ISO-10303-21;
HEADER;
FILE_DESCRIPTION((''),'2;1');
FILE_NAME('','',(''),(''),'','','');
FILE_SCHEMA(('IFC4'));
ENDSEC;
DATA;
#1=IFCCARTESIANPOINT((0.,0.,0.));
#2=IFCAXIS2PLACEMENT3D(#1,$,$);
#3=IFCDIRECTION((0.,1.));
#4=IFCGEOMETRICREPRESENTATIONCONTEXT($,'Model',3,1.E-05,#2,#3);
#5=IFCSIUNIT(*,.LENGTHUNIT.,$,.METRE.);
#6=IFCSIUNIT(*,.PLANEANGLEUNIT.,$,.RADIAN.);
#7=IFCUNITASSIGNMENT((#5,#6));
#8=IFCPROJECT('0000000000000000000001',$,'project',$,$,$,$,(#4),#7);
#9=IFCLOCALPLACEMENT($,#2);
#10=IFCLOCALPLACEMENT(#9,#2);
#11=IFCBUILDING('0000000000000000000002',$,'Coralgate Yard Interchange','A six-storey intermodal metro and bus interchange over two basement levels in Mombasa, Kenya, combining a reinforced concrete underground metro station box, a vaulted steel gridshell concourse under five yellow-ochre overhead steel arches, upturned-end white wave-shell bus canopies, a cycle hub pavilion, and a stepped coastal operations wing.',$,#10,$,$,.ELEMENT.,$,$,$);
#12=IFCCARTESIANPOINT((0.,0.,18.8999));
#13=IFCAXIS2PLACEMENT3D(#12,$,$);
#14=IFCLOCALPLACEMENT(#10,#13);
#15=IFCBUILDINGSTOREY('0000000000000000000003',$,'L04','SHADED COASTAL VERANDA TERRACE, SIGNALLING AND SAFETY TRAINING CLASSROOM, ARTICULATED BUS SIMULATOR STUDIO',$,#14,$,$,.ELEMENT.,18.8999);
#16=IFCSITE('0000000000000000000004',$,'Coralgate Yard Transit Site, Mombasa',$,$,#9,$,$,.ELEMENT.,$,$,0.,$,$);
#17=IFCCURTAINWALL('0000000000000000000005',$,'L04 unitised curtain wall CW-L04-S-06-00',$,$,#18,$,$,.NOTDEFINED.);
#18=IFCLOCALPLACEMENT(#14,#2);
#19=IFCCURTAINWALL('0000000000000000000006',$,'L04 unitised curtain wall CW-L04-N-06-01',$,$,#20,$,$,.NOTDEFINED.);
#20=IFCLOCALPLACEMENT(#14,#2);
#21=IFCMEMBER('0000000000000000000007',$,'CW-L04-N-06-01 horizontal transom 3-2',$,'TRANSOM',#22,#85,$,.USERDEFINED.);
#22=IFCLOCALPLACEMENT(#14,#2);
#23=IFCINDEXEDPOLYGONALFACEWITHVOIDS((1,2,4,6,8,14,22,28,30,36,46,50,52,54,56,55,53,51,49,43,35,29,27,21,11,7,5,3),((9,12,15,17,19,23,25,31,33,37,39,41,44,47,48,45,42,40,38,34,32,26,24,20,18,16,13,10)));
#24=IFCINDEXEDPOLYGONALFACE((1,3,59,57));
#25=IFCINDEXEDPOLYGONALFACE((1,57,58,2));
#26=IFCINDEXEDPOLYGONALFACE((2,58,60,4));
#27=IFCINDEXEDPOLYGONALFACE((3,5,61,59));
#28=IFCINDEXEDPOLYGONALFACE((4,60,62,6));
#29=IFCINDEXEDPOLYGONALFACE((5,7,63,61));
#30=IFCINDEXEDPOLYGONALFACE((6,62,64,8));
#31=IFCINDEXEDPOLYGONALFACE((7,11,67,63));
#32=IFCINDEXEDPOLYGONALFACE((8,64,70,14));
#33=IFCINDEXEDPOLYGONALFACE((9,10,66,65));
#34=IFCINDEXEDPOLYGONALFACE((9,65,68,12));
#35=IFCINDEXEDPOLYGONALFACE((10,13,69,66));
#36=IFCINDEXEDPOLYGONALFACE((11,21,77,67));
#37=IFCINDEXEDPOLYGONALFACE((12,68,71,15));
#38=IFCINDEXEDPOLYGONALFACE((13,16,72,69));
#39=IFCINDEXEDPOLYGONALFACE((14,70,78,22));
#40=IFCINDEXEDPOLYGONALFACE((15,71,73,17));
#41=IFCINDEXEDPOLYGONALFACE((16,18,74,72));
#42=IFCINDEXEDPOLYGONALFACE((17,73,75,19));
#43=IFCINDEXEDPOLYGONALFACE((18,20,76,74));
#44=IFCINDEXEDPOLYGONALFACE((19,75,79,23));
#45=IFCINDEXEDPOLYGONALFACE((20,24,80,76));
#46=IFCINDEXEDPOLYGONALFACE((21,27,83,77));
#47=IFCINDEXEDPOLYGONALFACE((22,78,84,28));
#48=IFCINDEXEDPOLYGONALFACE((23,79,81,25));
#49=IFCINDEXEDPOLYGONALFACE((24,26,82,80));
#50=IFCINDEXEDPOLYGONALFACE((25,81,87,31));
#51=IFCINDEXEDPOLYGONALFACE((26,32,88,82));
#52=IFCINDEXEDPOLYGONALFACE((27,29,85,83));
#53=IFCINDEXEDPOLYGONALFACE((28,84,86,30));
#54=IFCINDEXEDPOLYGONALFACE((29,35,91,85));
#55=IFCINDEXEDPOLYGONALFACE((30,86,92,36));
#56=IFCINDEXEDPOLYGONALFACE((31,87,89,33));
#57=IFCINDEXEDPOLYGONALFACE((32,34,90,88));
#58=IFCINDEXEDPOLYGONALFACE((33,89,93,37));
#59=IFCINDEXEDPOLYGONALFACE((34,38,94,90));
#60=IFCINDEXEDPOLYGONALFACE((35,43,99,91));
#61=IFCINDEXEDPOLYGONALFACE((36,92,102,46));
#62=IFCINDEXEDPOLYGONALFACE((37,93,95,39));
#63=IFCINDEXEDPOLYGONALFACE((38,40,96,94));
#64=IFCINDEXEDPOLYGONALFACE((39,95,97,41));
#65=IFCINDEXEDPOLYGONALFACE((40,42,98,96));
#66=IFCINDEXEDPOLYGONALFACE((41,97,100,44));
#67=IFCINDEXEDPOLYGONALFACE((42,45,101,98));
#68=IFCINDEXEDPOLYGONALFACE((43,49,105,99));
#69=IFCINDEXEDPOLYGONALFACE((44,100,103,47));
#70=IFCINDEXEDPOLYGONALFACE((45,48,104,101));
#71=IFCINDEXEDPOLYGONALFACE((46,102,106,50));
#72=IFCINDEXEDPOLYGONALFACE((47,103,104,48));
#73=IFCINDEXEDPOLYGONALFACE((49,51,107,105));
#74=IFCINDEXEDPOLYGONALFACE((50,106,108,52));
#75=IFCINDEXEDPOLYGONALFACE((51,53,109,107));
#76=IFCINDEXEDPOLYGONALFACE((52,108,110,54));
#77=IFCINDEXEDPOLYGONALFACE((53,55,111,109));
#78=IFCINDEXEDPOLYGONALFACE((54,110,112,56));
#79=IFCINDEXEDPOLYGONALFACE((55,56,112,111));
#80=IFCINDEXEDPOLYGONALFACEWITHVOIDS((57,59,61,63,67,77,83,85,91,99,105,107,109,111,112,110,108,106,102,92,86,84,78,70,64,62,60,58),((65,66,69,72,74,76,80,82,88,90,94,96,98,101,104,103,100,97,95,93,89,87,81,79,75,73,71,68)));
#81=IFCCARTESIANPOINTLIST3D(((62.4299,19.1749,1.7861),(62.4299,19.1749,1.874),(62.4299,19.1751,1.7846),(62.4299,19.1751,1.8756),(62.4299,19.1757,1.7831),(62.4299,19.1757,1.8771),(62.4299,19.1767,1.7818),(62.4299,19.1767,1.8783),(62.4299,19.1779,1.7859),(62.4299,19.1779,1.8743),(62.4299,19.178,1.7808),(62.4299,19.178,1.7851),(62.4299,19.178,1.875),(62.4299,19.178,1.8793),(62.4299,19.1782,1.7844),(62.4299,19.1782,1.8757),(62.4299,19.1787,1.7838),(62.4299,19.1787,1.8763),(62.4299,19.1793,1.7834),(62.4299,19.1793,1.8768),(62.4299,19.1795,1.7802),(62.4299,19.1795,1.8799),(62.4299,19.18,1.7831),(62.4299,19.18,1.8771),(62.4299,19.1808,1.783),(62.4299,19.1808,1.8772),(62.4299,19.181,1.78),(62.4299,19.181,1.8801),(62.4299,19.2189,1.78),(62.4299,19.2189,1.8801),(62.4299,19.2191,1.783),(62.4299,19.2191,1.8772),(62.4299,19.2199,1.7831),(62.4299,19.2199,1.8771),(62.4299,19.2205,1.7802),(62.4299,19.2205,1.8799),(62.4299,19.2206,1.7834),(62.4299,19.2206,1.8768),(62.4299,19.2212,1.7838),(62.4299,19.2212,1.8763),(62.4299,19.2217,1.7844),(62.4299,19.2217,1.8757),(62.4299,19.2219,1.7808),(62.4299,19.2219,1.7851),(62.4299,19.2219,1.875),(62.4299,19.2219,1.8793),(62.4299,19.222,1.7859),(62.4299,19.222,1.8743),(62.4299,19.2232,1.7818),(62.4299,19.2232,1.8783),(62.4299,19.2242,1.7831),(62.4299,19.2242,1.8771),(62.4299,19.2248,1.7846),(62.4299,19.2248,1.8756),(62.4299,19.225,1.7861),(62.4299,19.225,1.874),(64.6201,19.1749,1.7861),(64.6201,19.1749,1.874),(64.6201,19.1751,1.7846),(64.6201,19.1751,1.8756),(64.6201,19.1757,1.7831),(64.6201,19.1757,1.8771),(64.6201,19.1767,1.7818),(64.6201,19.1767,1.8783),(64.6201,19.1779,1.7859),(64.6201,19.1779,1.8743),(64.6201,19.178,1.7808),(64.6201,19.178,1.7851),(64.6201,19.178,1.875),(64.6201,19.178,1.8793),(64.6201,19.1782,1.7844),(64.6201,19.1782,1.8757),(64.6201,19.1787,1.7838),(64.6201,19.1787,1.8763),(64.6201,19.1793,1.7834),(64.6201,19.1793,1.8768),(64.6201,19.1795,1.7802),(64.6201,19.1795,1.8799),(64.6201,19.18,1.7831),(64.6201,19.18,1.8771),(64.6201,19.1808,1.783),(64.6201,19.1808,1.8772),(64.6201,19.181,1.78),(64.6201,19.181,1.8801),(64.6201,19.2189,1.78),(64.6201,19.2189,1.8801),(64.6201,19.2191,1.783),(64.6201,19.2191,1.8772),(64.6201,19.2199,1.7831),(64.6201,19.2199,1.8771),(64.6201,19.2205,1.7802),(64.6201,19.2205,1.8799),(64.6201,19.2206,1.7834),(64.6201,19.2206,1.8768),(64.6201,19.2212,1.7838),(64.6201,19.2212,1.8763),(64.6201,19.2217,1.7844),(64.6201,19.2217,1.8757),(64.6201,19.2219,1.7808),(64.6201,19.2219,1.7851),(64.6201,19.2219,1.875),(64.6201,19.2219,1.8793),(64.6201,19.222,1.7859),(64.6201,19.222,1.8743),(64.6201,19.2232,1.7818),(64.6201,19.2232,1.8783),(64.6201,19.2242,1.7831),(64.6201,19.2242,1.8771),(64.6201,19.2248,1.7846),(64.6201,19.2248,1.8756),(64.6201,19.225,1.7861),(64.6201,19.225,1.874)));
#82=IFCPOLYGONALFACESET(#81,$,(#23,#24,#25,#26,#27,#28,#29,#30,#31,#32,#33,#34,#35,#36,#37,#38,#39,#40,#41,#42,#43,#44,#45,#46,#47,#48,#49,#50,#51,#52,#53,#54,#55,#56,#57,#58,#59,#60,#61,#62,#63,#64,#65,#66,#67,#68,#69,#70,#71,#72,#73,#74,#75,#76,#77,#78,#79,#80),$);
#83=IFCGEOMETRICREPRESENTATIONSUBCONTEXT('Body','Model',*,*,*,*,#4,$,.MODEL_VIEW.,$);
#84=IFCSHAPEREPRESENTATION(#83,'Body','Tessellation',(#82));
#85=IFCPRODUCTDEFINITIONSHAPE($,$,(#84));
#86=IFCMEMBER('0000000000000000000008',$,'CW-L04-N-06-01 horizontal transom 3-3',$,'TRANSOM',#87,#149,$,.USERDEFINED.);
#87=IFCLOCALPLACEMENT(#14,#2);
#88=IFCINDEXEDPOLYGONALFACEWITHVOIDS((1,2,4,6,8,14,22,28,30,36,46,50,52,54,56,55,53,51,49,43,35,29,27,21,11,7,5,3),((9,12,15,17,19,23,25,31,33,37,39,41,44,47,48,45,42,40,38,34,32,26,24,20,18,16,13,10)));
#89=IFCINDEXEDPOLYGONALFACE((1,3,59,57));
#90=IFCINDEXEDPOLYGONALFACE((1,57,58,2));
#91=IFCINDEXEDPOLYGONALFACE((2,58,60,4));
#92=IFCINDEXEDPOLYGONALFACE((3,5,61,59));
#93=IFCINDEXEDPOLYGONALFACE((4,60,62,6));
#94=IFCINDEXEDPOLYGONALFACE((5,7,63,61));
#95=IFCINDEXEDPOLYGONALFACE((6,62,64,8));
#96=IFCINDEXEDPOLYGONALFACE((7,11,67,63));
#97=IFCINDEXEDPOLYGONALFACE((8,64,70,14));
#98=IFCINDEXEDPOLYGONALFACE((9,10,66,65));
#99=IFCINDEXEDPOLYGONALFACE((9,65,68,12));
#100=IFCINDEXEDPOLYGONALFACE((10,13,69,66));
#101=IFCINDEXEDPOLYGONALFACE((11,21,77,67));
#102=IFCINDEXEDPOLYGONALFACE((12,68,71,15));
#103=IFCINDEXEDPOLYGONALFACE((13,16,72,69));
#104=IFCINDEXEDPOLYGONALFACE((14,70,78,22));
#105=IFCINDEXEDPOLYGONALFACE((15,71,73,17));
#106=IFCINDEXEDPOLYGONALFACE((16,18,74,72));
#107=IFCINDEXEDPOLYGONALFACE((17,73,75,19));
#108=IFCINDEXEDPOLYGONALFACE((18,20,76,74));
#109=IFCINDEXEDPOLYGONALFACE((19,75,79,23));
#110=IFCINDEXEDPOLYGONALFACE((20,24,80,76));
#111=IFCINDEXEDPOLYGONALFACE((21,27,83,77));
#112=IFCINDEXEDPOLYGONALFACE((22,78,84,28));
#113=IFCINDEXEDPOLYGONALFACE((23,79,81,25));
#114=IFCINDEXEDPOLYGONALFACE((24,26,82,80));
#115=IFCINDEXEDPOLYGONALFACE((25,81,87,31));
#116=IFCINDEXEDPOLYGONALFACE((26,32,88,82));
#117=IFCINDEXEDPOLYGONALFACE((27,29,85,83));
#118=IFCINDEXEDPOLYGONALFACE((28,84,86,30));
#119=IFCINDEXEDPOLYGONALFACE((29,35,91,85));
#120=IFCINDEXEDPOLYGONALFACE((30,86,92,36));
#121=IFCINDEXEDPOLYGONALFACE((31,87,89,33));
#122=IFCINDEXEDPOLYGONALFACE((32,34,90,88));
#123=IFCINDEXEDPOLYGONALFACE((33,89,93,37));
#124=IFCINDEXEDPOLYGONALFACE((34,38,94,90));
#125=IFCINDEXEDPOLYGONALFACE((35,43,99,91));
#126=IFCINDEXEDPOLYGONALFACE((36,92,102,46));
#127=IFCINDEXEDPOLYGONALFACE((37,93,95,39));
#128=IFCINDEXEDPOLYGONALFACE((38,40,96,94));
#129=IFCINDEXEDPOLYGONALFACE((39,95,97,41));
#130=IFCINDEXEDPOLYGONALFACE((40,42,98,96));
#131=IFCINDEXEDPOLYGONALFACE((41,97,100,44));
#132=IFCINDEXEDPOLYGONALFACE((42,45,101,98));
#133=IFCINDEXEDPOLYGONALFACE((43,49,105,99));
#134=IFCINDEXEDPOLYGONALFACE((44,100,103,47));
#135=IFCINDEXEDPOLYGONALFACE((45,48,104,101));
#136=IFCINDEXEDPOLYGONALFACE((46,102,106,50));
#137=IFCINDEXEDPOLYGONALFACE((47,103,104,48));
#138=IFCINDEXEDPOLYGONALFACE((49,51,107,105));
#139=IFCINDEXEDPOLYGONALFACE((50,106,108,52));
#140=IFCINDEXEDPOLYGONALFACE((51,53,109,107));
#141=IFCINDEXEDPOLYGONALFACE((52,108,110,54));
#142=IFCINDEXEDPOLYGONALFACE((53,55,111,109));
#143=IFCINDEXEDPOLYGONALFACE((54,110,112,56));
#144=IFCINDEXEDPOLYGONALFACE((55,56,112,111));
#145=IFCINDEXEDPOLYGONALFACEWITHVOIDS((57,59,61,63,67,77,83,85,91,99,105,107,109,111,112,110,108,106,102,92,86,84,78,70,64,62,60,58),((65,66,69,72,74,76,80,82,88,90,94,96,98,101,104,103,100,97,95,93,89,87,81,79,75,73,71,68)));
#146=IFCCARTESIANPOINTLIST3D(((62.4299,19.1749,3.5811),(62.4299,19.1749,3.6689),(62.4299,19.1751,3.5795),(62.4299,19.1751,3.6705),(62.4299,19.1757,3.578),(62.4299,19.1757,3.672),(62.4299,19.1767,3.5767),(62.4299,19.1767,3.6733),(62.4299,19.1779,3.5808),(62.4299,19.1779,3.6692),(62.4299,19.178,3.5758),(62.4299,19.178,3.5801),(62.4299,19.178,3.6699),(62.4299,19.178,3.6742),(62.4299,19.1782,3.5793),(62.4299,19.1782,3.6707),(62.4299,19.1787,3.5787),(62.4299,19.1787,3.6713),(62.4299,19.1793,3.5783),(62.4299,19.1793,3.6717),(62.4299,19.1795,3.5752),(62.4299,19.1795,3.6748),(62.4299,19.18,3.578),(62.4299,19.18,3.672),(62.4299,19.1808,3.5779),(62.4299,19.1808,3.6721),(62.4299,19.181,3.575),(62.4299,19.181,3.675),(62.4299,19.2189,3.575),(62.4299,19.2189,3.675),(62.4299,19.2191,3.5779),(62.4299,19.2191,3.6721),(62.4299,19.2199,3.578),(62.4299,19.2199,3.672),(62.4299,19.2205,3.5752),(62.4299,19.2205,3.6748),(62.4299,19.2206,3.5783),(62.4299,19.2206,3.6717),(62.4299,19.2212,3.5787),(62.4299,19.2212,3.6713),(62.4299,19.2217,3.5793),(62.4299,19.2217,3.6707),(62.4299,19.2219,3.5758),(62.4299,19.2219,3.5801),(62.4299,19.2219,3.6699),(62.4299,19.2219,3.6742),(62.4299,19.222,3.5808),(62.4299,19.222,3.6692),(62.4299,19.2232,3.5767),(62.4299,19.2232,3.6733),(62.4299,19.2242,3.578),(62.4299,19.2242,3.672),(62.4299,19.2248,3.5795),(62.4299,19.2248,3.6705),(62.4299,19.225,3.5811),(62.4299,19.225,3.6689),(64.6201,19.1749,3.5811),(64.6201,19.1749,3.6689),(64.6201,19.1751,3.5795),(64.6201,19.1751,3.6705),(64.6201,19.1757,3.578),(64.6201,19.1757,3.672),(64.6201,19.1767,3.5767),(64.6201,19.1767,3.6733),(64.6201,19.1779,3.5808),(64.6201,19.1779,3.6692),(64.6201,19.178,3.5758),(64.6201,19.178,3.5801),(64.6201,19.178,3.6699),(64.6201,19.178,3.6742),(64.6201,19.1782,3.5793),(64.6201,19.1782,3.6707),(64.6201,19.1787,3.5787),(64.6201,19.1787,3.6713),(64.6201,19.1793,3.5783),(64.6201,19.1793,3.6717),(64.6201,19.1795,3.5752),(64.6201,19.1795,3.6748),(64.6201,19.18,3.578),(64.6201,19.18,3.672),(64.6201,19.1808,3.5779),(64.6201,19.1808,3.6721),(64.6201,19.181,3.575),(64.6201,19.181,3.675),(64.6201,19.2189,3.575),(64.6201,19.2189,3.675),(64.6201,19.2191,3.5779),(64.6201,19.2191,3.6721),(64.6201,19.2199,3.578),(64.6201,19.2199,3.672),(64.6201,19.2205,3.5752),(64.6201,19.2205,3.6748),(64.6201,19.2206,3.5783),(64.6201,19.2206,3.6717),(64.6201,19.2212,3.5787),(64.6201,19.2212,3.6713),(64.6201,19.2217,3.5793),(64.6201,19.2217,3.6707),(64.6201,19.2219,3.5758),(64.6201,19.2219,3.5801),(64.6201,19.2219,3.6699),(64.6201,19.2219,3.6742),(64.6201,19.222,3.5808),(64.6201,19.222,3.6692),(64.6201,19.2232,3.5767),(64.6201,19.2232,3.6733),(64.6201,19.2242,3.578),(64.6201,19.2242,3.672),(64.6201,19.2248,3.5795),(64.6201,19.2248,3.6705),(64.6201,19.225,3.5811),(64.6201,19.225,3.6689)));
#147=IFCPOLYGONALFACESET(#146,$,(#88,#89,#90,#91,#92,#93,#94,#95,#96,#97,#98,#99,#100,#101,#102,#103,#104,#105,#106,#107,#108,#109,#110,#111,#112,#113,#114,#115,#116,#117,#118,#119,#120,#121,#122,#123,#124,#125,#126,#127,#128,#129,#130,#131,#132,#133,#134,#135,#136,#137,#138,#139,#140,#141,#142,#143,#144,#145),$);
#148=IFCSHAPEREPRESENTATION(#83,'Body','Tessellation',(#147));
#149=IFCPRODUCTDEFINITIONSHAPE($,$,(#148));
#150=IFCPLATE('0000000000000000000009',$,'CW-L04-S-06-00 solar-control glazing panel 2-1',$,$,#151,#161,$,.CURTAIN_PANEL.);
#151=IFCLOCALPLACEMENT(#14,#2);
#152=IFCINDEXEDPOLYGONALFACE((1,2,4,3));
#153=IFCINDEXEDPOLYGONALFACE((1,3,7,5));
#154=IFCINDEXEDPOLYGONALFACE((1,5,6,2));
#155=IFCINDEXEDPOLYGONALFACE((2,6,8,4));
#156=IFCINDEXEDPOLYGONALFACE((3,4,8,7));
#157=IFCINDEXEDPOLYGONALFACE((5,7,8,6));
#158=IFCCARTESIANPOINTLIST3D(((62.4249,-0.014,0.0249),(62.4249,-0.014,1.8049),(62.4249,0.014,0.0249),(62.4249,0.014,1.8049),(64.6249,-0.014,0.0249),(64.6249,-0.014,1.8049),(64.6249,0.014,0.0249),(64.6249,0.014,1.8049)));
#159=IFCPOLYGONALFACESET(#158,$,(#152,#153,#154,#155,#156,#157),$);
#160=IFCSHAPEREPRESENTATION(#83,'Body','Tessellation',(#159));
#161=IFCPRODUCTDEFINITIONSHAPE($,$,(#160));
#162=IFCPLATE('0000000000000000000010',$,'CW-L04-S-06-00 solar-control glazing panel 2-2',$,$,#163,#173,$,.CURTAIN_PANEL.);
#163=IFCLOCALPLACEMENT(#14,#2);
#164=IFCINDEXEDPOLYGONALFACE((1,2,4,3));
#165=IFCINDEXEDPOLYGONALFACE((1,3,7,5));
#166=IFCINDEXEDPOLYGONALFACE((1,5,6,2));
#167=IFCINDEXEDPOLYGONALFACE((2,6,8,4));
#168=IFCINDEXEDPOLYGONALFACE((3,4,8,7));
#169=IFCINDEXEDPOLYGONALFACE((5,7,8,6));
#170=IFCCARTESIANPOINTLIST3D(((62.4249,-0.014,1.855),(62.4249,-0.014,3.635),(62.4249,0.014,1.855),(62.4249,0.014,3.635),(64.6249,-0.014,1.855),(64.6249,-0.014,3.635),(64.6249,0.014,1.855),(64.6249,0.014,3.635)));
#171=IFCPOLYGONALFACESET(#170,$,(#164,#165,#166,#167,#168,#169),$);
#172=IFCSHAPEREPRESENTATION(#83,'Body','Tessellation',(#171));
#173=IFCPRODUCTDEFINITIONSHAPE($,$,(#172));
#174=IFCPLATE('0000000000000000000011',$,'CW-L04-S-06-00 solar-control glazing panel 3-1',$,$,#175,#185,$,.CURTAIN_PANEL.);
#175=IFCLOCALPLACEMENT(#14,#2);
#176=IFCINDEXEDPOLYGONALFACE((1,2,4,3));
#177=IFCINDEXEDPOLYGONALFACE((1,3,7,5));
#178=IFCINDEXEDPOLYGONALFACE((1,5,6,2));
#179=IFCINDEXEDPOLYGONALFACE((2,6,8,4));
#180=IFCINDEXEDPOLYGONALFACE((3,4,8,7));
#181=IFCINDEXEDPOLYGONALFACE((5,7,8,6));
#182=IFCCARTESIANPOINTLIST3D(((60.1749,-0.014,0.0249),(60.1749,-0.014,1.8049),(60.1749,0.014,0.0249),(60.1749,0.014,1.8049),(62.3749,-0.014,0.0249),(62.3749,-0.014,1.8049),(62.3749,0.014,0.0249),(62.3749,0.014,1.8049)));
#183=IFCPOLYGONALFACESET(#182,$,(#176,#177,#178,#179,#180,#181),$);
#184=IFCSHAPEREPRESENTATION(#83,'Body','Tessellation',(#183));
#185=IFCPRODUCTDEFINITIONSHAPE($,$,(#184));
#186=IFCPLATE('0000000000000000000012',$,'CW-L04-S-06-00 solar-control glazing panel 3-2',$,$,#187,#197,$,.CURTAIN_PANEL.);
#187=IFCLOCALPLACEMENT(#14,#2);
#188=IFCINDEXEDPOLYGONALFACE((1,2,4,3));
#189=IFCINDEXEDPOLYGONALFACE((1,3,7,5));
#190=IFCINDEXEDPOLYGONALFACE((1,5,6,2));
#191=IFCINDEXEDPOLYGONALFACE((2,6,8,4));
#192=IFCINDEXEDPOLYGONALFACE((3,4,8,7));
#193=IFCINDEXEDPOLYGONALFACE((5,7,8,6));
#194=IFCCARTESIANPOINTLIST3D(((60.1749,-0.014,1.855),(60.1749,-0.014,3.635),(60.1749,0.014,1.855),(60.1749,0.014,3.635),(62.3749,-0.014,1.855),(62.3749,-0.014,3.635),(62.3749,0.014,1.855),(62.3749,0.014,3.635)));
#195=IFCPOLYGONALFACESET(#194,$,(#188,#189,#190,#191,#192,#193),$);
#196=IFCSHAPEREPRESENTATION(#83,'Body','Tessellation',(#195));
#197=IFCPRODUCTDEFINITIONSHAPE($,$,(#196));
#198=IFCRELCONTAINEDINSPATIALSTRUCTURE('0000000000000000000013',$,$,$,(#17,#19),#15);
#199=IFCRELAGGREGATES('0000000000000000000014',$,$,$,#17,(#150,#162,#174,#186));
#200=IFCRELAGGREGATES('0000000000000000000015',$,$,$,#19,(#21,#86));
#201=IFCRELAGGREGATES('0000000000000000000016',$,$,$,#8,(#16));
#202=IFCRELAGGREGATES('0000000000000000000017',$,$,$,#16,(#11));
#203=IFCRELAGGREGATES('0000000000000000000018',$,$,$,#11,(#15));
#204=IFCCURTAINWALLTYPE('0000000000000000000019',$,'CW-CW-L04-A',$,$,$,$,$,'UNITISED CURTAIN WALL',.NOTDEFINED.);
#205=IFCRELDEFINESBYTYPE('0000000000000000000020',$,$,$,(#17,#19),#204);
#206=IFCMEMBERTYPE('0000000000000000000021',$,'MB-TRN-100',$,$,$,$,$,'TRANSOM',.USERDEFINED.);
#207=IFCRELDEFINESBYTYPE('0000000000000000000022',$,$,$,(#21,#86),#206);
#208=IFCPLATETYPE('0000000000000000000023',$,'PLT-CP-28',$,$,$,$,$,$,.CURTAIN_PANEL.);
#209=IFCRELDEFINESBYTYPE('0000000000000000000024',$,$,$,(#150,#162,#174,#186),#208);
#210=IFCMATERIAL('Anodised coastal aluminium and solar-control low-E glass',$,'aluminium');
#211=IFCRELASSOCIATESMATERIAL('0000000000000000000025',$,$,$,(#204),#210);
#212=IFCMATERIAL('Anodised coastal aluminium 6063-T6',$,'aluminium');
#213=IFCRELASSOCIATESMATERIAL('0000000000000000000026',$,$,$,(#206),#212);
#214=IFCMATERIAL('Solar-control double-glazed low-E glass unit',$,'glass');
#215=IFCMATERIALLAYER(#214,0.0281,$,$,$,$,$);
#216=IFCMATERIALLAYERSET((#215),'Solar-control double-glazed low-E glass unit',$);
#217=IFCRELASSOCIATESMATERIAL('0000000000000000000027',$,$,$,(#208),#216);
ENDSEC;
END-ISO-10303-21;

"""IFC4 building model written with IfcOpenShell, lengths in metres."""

from ifc_helpers import new_model, si_unit, direction, frame, origin, origin_2d, place, context, subcontext, project, spatial, rectangle, hollow_rectangle, extrude, material, layer, layer_set, material_profile, profile_set, type_object, element, aggregate, save


model = new_model("IFC4")

# Units and contexts
model_context = context("Model", 3, precision=1e-05, world=origin(), true_north=direction((0.0, 1.0)))
body_context = subcontext(model_context, "Body", "Model", "MODEL_VIEW")
ifc_project = project(units=[si_unit("LENGTHUNIT", "METRE"), si_unit("PLANEANGLEUNIT", "RADIAN")], contexts=[model_context])

# Site, building, storey
site_placement = place(None, origin())
site = spatial("IfcSite", under=ifc_project, at=site_placement, Name="Coralgate Yard Transit Site, Mombasa", CompositionType="ELEMENT", RefElevation=0.0)
building_placement = place(site_placement, origin())
building = spatial("IfcBuilding", under=site, at=building_placement, Name="Coralgate Yard Interchange", Description="A six-storey intermodal metro and bus interchange over two basement levels in Mombasa, Kenya, combining a reinforced concrete underground metro station box, a vaulted steel gridshell concourse under five yellow-ochre overhead steel arches, upturned-end white wave-shell bus canopies, a cycle hub pavilion, and a stepped coastal operations wing.", CompositionType="ELEMENT")
storey_placement = place(building_placement, frame((0.0, 0.0, 18.8999)))
storey = spatial("IfcBuildingStorey", under=building, at=storey_placement, Name="L04", Description="SHADED COASTAL VERANDA TERRACE, SIGNALLING AND SAFETY TRAINING CLASSROOM, ARTICULATED BUS SIMULATOR STUDIO", CompositionType="ELEMENT", Elevation=18.8999)

# Curtain walls
ifc_material_1 = material(Name="Anodised coastal aluminium and solar-control low-E glass", Category="aluminium")
curtain_wall_type = type_object("IfcCurtainWallType", Name="CW-CW-L04-A", ElementType="UNITISED CURTAIN WALL", PredefinedType="NOTDEFINED", material=ifc_material_1)
curtain_wall_1_placement = place(storey_placement, origin())
curtain_wall_1 = element("IfcCurtainWall", 1, at=curtain_wall_1_placement, inside=storey, type_object=curtain_wall_type, Name="L04 unitised curtain wall CW-L04-S-06-00", PredefinedType="NOTDEFINED")
ifc_material_2 = material(Name="Anodised coastal aluminium 6063-T6", Category="aluminium")
curtain_wall_2_placement = place(storey_placement, origin())
curtain_wall_2 = element("IfcCurtainWall", 2, at=curtain_wall_2_placement, inside=storey, type_object=curtain_wall_type, Name="L04 unitised curtain wall CW-L04-N-06-01", PredefinedType="NOTDEFINED")

# Members
ifc_material_profile_1 = material_profile(ifc_material_2, hollow_rectangle(XDim=0.05, YDim=0.1001, WallThickness=0.0029, InnerFilletRadius=0.0029, OuterFilletRadius=0.0061, at=origin_2d()), Name="ALU 50x100x3")
ifc_profile_set_1 = profile_set([ifc_material_profile_1], Name="Anodised coastal aluminium 6063-T6")
member_type_1 = type_object("IfcMemberType", Name="MB-TRN-100", ElementType="TRANSOM", PredefinedType="USERDEFINED", material=ifc_profile_set_1)
member_1_placement = place(storey_placement, frame((62.4299, 19.2, 1.8301), z_axis=(1.0, 0.0, 0.0), x_axis=(0.0, 1.0, 0.0)))
member_1 = element("IfcMember", 3, at=member_1_placement, type_object=member_type_1, Name="CW-L04-N-06-01 horizontal transom 3-2", ObjectType="TRANSOM", PredefinedType="USERDEFINED", context=body_context, shape_type="SweptSolid", body=[
    extrude(hollow_rectangle(XDim=0.05, YDim=0.1001, WallThickness=0.0029, InnerFilletRadius=0.0029, OuterFilletRadius=0.0061, at=origin_2d()), origin(), (0.0, 0.0, 1.0), 2.1902),
])
member_2_placement = place(storey_placement, frame((62.4299, 19.2, 3.625), z_axis=(1.0, 0.0, 0.0), x_axis=(0.0, 1.0, 0.0)))
member_2 = element("IfcMember", 4, at=member_2_placement, type_object=member_type_1, Name="CW-L04-N-06-01 horizontal transom 3-3", ObjectType="TRANSOM", PredefinedType="USERDEFINED", context=body_context, shape_type="SweptSolid", body=[
    extrude(hollow_rectangle(XDim=0.05, YDim=0.1001, WallThickness=0.0029, InnerFilletRadius=0.0029, OuterFilletRadius=0.0061, at=origin_2d()), origin(), (0.0, 0.0, 1.0), 2.1902),
])

# Plates
ifc_material_3 = material(Name="Solar-control double-glazed low-E glass unit", Category="glass")
ifc_layer_1 = layer(ifc_material_3, 0.0281)
ifc_layer_set_1 = layer_set([ifc_layer_1], Name="Solar-control double-glazed low-E glass unit")
plate_type = type_object("IfcPlateType", Name="PLT-CP-28", PredefinedType="CURTAIN_PANEL", material=ifc_layer_set_1)
plate_1_placement = place(storey_placement, frame((63.5249, 0.0, 0.0249), z_axis=(0.0, 0.0, 1.0), x_axis=(-1.0, 0.0, 0.0)))
plate_1 = element("IfcPlate", 5, at=plate_1_placement, type_object=plate_type, Name="CW-L04-S-06-00 solar-control glazing panel 2-1", PredefinedType="CURTAIN_PANEL", context=body_context, shape_type="SweptSolid", body=[
    extrude(rectangle(XDim=2.2, YDim=0.0281, at=origin_2d()), origin(), (0.0, 0.0, 1.0), 1.78),
])
plate_2_placement = place(storey_placement, frame((63.5249, 0.0, 1.855), z_axis=(0.0, 0.0, 1.0), x_axis=(-1.0, 0.0, 0.0)))
plate_2 = element("IfcPlate", 6, at=plate_2_placement, type_object=plate_type, Name="CW-L04-S-06-00 solar-control glazing panel 2-2", PredefinedType="CURTAIN_PANEL", context=body_context, shape_type="SweptSolid", body=[
    extrude(rectangle(XDim=2.2, YDim=0.0281, at=origin_2d()), origin(), (0.0, 0.0, 1.0), 1.78),
])
plate_3_placement = place(storey_placement, frame((61.2749, 0.0, 0.0249), z_axis=(0.0, 0.0, 1.0), x_axis=(-1.0, 0.0, 0.0)))
plate_3 = element("IfcPlate", 7, at=plate_3_placement, type_object=plate_type, Name="CW-L04-S-06-00 solar-control glazing panel 3-1", PredefinedType="CURTAIN_PANEL", context=body_context, shape_type="SweptSolid", body=[
    extrude(rectangle(XDim=2.2, YDim=0.0281, at=origin_2d()), origin(), (0.0, 0.0, 1.0), 1.78),
])
plate_4_placement = place(storey_placement, frame((61.2749, 0.0, 1.855), z_axis=(0.0, 0.0, 1.0), x_axis=(-1.0, 0.0, 0.0)))
plate_4 = element("IfcPlate", 8, at=plate_4_placement, type_object=plate_type, Name="CW-L04-S-06-00 solar-control glazing panel 3-2", PredefinedType="CURTAIN_PANEL", context=body_context, shape_type="SweptSolid", body=[
    extrude(rectangle(XDim=2.2, YDim=0.0281, at=origin_2d()), origin(), (0.0, 0.0, 1.0), 1.78),
])
aggregate(curtain_wall_1, [plate_1, plate_2, plate_3, plate_4])
aggregate(curtain_wall_2, [member_1, member_2])

save(model, "model.ifc")
